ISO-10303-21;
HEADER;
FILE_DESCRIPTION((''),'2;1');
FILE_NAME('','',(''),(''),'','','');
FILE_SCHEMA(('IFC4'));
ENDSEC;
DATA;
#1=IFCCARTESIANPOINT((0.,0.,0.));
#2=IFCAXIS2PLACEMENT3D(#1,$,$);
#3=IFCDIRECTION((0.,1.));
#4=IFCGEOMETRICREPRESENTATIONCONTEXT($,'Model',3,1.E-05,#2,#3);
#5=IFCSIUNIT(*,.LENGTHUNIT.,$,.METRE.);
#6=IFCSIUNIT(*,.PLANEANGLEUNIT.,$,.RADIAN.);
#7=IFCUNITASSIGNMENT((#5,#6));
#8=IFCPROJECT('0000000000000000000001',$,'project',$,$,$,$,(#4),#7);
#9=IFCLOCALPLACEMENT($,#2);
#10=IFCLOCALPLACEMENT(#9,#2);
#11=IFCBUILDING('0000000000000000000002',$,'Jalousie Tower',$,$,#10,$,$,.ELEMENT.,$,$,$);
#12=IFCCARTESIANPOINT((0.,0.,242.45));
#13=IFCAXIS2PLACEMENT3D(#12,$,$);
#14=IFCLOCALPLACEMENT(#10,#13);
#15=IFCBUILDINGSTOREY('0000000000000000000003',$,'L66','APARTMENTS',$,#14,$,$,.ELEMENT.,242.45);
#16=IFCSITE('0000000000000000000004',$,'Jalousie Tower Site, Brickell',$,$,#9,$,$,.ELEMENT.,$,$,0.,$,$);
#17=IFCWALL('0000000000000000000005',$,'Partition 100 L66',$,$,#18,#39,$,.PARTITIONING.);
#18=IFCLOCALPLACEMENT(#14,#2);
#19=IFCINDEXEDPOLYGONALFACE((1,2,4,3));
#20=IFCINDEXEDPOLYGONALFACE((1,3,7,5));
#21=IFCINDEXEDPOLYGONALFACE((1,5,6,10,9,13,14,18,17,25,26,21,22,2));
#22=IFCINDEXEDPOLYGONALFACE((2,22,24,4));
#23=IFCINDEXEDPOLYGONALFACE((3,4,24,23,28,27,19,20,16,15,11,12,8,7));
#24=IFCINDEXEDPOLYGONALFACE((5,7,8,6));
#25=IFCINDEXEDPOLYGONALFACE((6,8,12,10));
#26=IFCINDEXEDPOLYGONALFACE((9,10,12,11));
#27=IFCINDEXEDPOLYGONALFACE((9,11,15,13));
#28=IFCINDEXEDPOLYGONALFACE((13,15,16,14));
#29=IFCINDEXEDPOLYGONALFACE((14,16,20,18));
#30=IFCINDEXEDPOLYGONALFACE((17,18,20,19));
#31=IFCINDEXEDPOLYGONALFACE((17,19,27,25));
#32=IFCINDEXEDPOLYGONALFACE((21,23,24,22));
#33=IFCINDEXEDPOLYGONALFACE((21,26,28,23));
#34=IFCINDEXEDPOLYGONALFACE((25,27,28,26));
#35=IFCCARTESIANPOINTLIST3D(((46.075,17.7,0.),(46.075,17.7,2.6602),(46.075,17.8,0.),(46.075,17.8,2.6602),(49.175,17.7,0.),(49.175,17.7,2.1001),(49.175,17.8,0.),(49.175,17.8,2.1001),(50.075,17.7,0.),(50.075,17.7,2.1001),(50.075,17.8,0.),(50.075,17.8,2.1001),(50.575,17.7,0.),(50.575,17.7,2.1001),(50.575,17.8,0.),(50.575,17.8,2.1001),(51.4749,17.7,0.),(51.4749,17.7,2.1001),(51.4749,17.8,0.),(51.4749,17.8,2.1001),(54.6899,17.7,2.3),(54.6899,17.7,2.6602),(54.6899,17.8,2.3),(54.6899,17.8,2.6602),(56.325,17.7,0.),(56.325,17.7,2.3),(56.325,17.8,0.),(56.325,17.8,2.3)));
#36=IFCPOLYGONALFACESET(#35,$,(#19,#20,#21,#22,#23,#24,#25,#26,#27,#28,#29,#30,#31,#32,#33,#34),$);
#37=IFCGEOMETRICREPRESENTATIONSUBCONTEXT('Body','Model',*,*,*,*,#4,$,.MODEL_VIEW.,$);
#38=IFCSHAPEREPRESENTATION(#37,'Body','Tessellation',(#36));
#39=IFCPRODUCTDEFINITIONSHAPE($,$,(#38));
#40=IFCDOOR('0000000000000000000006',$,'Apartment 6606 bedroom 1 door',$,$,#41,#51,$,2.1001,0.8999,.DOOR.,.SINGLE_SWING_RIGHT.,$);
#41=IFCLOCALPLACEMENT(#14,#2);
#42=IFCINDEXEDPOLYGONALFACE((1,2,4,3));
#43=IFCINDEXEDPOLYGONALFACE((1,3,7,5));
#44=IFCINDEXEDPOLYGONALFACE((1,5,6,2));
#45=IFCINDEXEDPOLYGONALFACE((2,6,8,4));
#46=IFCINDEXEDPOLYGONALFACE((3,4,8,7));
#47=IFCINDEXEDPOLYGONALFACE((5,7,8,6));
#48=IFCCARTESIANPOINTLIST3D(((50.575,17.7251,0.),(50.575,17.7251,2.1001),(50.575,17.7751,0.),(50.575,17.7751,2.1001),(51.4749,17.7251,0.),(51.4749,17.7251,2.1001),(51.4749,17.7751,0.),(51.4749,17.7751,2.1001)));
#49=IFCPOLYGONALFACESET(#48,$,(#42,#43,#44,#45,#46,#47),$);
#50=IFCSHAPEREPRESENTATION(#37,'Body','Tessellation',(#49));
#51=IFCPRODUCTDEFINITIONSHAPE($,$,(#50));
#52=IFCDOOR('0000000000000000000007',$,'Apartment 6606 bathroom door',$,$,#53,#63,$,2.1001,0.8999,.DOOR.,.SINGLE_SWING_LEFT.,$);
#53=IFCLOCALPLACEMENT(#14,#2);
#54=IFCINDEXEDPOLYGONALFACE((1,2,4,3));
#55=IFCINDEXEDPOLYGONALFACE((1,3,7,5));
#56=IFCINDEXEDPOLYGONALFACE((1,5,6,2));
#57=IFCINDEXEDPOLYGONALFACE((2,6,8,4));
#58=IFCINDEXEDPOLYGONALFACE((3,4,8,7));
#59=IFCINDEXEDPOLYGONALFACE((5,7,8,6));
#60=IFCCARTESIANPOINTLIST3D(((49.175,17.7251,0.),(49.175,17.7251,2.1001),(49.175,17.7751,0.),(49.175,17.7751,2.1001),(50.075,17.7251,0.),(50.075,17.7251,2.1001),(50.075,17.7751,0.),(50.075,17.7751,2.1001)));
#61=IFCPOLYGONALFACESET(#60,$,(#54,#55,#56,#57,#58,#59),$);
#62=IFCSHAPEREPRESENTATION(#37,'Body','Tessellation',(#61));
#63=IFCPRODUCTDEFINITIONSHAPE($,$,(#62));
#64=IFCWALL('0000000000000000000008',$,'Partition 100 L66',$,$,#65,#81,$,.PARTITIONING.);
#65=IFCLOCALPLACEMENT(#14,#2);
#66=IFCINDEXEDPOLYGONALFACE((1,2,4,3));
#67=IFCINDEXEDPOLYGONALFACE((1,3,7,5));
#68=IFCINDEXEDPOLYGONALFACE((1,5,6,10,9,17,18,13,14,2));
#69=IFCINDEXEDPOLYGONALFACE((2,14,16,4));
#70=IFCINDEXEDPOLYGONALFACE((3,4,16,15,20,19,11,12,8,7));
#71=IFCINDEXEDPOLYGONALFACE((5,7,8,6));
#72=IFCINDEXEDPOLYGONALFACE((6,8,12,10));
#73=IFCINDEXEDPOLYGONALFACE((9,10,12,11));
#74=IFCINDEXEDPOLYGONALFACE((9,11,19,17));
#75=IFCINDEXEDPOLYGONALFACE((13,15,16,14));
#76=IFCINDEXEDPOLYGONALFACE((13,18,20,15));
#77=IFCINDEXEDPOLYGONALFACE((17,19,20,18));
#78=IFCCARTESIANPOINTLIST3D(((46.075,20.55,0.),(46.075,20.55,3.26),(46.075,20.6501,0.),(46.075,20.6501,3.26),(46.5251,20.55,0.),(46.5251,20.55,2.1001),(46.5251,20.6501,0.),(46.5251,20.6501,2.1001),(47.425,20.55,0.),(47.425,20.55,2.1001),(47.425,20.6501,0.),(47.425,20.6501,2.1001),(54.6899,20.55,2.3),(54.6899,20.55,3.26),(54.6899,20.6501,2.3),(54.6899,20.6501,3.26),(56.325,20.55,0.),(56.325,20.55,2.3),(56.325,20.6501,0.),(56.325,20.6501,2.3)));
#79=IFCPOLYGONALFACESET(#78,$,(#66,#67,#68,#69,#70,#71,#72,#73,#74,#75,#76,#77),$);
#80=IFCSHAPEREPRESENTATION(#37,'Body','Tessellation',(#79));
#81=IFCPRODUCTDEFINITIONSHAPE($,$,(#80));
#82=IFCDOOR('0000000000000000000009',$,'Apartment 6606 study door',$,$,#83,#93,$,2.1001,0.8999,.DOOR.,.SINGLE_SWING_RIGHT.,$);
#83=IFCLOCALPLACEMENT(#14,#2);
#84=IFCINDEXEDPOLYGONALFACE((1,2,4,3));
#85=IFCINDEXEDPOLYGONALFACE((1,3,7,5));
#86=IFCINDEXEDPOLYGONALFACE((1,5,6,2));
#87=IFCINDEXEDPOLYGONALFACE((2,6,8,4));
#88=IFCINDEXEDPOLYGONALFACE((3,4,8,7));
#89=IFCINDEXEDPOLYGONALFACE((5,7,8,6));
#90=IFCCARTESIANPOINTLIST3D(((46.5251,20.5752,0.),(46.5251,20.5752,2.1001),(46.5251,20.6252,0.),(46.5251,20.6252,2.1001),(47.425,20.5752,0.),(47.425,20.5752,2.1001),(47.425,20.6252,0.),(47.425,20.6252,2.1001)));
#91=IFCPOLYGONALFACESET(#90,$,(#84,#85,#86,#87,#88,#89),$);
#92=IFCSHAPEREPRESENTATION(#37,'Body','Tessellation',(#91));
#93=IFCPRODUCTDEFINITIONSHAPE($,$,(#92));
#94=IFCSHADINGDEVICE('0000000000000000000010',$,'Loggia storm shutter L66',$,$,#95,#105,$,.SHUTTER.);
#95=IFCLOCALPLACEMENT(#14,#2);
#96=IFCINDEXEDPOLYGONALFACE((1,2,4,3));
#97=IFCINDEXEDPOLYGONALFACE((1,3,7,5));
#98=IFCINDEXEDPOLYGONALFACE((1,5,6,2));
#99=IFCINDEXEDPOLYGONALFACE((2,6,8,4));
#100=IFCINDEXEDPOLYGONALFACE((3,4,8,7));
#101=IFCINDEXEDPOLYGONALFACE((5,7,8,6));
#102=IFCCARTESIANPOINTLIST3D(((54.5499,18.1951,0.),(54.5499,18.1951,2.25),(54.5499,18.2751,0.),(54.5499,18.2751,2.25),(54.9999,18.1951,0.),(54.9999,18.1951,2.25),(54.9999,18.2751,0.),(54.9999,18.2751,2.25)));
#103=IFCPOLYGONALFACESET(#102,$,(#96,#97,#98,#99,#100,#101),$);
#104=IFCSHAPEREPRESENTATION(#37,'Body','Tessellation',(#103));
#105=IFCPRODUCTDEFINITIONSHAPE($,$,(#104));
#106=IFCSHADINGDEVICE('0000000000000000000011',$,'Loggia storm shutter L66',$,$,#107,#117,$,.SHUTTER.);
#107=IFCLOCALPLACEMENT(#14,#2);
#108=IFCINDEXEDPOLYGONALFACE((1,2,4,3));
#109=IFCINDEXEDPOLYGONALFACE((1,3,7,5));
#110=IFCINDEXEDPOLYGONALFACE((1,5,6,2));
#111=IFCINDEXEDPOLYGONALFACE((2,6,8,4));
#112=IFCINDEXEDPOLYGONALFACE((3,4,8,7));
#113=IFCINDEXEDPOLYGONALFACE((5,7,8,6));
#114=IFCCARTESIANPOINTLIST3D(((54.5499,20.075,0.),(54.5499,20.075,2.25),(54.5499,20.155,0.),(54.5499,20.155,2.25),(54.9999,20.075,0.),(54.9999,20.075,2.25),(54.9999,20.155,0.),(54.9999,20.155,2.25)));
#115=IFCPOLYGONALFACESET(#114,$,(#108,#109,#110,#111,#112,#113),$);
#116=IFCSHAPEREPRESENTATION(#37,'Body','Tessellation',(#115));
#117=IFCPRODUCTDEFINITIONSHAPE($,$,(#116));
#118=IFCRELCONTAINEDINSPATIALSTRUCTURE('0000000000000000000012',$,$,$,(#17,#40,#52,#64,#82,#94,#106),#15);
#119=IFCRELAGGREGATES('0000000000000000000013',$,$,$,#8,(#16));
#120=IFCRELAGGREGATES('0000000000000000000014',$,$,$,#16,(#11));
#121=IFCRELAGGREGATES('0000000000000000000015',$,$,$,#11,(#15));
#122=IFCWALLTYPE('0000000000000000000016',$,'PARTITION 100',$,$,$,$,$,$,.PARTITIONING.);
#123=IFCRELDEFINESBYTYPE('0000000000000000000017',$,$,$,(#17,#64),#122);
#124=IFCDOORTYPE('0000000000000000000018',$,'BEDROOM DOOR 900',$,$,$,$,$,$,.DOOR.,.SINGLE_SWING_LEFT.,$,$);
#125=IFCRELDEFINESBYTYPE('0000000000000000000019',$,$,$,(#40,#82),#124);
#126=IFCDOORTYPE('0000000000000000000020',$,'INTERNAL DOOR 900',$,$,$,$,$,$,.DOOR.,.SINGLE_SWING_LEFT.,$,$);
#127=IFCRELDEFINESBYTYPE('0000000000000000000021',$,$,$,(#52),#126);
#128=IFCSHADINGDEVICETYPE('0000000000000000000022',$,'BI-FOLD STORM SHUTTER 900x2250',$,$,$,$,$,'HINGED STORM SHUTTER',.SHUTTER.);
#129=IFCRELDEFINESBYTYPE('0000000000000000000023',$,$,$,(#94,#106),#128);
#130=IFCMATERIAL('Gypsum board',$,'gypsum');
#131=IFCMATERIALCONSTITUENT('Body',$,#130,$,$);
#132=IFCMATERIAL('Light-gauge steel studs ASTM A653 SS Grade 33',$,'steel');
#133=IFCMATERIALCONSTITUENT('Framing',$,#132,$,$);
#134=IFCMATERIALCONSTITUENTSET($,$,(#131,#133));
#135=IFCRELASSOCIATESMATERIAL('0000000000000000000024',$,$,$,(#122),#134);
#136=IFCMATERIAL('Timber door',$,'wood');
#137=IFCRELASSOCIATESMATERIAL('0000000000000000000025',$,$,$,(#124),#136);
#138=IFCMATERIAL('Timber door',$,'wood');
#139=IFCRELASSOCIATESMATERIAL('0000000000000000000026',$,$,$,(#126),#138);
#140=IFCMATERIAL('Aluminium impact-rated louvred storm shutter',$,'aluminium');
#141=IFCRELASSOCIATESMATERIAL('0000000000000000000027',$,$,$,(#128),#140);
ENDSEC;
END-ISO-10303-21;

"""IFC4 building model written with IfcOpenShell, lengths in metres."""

from ifc_helpers import new_model, si_unit, direction, frame, frame_2d, origin, origin_2d, place, context, subcontext, project, spatial, polyline, rectangle, outline, extrude, material, constituent, constituent_set, type_object, element, fill, save


model = new_model("IFC4")

# Units and contexts
model_context = context("Model", 3, precision=1e-05, world=origin(), true_north=direction((0.0, 1.0)))
body_context = subcontext(model_context, "Body", "Model", "MODEL_VIEW")
ifc_project = project(units=[si_unit("LENGTHUNIT", "METRE"), si_unit("PLANEANGLEUNIT", "RADIAN")], contexts=[model_context])

# Site, building, storey
site_placement = place(None, origin())
site = spatial("IfcSite", under=ifc_project, at=site_placement, Name="Jalousie Tower Site, Brickell", CompositionType="ELEMENT", RefElevation=0.0)
building_placement = place(site_placement, origin())
building = spatial("IfcBuilding", under=site, at=building_placement, Name="Jalousie Tower", CompositionType="ELEMENT")
storey_placement = place(building_placement, frame((0.0, 0.0, 242.45)))
storey = spatial("IfcBuildingStorey", under=building, at=storey_placement, Name="L66", Description="APARTMENTS", CompositionType="ELEMENT", Elevation=242.45)

# Wall, openings, doors
ifc_material_1 = material(Name="Gypsum board", Category="gypsum")
ifc_constituent_1 = constituent(ifc_material_1, Name="Body")
ifc_material_2 = material(Name="Light-gauge steel studs ASTM A653 SS Grade 33", Category="steel")
ifc_constituent_2 = constituent(ifc_material_2, Name="Framing")
ifc_constituent_set_1 = constituent_set(constituents=[ifc_constituent_1, ifc_constituent_2])
wall_type_1 = type_object("IfcWallType", Name="PARTITION 100", PredefinedType="PARTITIONING", material=ifc_constituent_set_1)
wall_1_placement = place(storey_placement, frame((56.325, 17.75, 0.0), z_axis=(0.0, 0.0, 1.0), x_axis=(-1.0, 0.0, 0.0)))
wall_1 = element("IfcWall", 1, at=wall_1_placement, inside=storey, type_object=wall_type_1, Name="Partition 100 L66", PredefinedType="PARTITIONING", context=body_context, shape_type="SweptSolid", body=[
    extrude(outline(polyline([(0.0, 0.0), (10.25, 0.0), (10.25, 3.26), (10.25, 2.6602), (1.635, 2.6602), (1.635, 2.3), (0.0, 2.3), (0.0, 3.26), (0.0, 0.0)])), frame((0.0, 0.05, 0.0), z_axis=(0.0, -1.0, 0.0), x_axis=(1.0, 0.0, 0.0)), (0.0, 0.0, 1.0), 0.1001),
])
opening_1_placement = place(wall_1_placement, frame((4.8501, 0.0, 0.0)))
opening_1 = element("IfcOpeningElement", 2, at=opening_1_placement, cuts=wall_1, PredefinedType="OPENING", context=body_context, shape_type="SweptSolid", body=[
    extrude(rectangle(XDim=0.8999, YDim=2.1001, at=frame_2d((0.45, 1.05))), frame((0.0, 0.0601, 0.0), z_axis=(0.0, -1.0, 0.0), x_axis=(1.0, 0.0, 0.0)), (0.0, 0.0, 1.0), 0.1201),
])
opening_2_placement = place(wall_1_placement, frame((6.25, 0.0, 0.0)))
opening_2 = element("IfcOpeningElement", 3, at=opening_2_placement, cuts=wall_1, PredefinedType="OPENING", context=body_context, shape_type="SweptSolid", body=[
    extrude(rectangle(XDim=0.8999, YDim=2.1001, at=frame_2d((0.45, 1.05))), frame((0.0, 0.0601, 0.0), z_axis=(0.0, -1.0, 0.0), x_axis=(1.0, 0.0, 0.0)), (0.0, 0.0, 1.0), 0.1201),
])
ifc_material_3 = material(Name="Timber door", Category="wood")
door_type_1 = type_object("IfcDoorType", Name="BEDROOM DOOR 900", OperationType="SINGLE_SWING_LEFT", PredefinedType="DOOR", material=ifc_material_3)
door_1_placement = place(opening_1_placement, origin())
door_1 = element("IfcDoor", 4, at=door_1_placement, inside=storey, type_object=door_type_1, Name="Apartment 6606 bedroom 1 door", OperationType="SINGLE_SWING_RIGHT", OverallHeight=2.1001, OverallWidth=0.8999, PredefinedType="DOOR", context=body_context, shape_type="SweptSolid", body=[
    extrude(rectangle(XDim=0.8999, YDim=2.1001, at=frame_2d((0.45, 1.05))), frame((0.0, 0.0249, 0.0), z_axis=(0.0, -1.0, 0.0), x_axis=(1.0, 0.0, 0.0)), (0.0, 0.0, 1.0), 0.05),
])
fill(opening_1, door_1)
ifc_material_4 = material(Name="Timber door", Category="wood")
door_type_2 = type_object("IfcDoorType", Name="INTERNAL DOOR 900", OperationType="SINGLE_SWING_LEFT", PredefinedType="DOOR", material=ifc_material_4)
door_2_placement = place(opening_2_placement, origin())
door_2 = element("IfcDoor", 5, at=door_2_placement, inside=storey, type_object=door_type_2, Name="Apartment 6606 bathroom door", OperationType="SINGLE_SWING_LEFT", OverallHeight=2.1001, OverallWidth=0.8999, PredefinedType="DOOR", context=body_context, shape_type="SweptSolid", body=[
    extrude(rectangle(XDim=0.8999, YDim=2.1001, at=frame_2d((0.45, 1.05))), frame((0.0, 0.0249, 0.0), z_axis=(0.0, -1.0, 0.0), x_axis=(1.0, 0.0, 0.0)), (0.0, 0.0, 1.0), 0.05),
])
fill(opening_2, door_2)

# Wall, opening, door
wall_2_placement = place(storey_placement, frame((56.325, 20.6001, 0.0), z_axis=(0.0, 0.0, 1.0), x_axis=(-1.0, 0.0, 0.0)))
wall_2 = element("IfcWall", 6, at=wall_2_placement, inside=storey, type_object=wall_type_1, Name="Partition 100 L66", PredefinedType="PARTITIONING", context=body_context, shape_type="SweptSolid", body=[
    extrude(outline(polyline([(0.0, 0.0), (10.25, 0.0), (10.25, 3.26), (1.635, 3.26), (1.635, 2.3), (0.0, 2.3), (0.0, 3.26), (0.0, 0.0)])), frame((0.0, 0.05, 0.0), z_axis=(0.0, -1.0, 0.0), x_axis=(1.0, 0.0, 0.0)), (0.0, 0.0, 1.0), 0.1001),
])
opening_3_placement = place(wall_2_placement, frame((8.8999, 0.0, 0.0)))
opening_3 = element("IfcOpeningElement", 7, at=opening_3_placement, cuts=wall_2, PredefinedType="OPENING", context=body_context, shape_type="SweptSolid", body=[
    extrude(rectangle(XDim=0.8999, YDim=2.1001, at=frame_2d((0.45, 1.05))), frame((0.0, 0.0601, 0.0), z_axis=(0.0, -1.0, 0.0), x_axis=(1.0, 0.0, 0.0)), (0.0, 0.0, 1.0), 0.1201),
])
door_3_placement = place(opening_3_placement, origin())
door_3 = element("IfcDoor", 8, at=door_3_placement, inside=storey, type_object=door_type_1, Name="Apartment 6606 study door", OperationType="SINGLE_SWING_RIGHT", OverallHeight=2.1001, OverallWidth=0.8999, PredefinedType="DOOR", context=body_context, shape_type="SweptSolid", body=[
    extrude(rectangle(XDim=0.8999, YDim=2.1001, at=frame_2d((0.45, 1.05))), frame((0.0, 0.0249, 0.0), z_axis=(0.0, -1.0, 0.0), x_axis=(1.0, 0.0, 0.0)), (0.0, 0.0, 1.0), 0.05),
])
fill(opening_3, door_3)

# Shading devices
ifc_material_5 = material(Name="Aluminium impact-rated louvred storm shutter", Category="aluminium")
shading_device_type_1 = type_object("IfcShadingDeviceType", Name="BI-FOLD STORM SHUTTER 900x2250", ElementType="HINGED STORM SHUTTER", PredefinedType="SHUTTER", material=ifc_material_5)
for number, where, z_axis, x_axis, name in (
    (9, (54.7749, 18.2351, 0.0), (0.0, 0.0, 1.0), (-1.0, 0.0, 0.0), "Loggia storm shutter L66"),
    (10, (54.7749, 20.115, 0.0), (0.0, 0.0, 1.0), (-1.0, 0.0, 0.0), "Loggia storm shutter L66"),
):
    element("IfcShadingDevice", number, at=place(storey_placement, frame(where, z_axis=z_axis, x_axis=x_axis)), inside=storey, type_object=shading_device_type_1, Name=name, PredefinedType="SHUTTER", context=body_context, shape_type="SweptSolid", body=[
        extrude(rectangle(XDim=0.45, YDim=0.0801, at=origin_2d()), origin(), (0.0, 0.0, 1.0), 2.25),
    ])

save(model, "model.ifc")
